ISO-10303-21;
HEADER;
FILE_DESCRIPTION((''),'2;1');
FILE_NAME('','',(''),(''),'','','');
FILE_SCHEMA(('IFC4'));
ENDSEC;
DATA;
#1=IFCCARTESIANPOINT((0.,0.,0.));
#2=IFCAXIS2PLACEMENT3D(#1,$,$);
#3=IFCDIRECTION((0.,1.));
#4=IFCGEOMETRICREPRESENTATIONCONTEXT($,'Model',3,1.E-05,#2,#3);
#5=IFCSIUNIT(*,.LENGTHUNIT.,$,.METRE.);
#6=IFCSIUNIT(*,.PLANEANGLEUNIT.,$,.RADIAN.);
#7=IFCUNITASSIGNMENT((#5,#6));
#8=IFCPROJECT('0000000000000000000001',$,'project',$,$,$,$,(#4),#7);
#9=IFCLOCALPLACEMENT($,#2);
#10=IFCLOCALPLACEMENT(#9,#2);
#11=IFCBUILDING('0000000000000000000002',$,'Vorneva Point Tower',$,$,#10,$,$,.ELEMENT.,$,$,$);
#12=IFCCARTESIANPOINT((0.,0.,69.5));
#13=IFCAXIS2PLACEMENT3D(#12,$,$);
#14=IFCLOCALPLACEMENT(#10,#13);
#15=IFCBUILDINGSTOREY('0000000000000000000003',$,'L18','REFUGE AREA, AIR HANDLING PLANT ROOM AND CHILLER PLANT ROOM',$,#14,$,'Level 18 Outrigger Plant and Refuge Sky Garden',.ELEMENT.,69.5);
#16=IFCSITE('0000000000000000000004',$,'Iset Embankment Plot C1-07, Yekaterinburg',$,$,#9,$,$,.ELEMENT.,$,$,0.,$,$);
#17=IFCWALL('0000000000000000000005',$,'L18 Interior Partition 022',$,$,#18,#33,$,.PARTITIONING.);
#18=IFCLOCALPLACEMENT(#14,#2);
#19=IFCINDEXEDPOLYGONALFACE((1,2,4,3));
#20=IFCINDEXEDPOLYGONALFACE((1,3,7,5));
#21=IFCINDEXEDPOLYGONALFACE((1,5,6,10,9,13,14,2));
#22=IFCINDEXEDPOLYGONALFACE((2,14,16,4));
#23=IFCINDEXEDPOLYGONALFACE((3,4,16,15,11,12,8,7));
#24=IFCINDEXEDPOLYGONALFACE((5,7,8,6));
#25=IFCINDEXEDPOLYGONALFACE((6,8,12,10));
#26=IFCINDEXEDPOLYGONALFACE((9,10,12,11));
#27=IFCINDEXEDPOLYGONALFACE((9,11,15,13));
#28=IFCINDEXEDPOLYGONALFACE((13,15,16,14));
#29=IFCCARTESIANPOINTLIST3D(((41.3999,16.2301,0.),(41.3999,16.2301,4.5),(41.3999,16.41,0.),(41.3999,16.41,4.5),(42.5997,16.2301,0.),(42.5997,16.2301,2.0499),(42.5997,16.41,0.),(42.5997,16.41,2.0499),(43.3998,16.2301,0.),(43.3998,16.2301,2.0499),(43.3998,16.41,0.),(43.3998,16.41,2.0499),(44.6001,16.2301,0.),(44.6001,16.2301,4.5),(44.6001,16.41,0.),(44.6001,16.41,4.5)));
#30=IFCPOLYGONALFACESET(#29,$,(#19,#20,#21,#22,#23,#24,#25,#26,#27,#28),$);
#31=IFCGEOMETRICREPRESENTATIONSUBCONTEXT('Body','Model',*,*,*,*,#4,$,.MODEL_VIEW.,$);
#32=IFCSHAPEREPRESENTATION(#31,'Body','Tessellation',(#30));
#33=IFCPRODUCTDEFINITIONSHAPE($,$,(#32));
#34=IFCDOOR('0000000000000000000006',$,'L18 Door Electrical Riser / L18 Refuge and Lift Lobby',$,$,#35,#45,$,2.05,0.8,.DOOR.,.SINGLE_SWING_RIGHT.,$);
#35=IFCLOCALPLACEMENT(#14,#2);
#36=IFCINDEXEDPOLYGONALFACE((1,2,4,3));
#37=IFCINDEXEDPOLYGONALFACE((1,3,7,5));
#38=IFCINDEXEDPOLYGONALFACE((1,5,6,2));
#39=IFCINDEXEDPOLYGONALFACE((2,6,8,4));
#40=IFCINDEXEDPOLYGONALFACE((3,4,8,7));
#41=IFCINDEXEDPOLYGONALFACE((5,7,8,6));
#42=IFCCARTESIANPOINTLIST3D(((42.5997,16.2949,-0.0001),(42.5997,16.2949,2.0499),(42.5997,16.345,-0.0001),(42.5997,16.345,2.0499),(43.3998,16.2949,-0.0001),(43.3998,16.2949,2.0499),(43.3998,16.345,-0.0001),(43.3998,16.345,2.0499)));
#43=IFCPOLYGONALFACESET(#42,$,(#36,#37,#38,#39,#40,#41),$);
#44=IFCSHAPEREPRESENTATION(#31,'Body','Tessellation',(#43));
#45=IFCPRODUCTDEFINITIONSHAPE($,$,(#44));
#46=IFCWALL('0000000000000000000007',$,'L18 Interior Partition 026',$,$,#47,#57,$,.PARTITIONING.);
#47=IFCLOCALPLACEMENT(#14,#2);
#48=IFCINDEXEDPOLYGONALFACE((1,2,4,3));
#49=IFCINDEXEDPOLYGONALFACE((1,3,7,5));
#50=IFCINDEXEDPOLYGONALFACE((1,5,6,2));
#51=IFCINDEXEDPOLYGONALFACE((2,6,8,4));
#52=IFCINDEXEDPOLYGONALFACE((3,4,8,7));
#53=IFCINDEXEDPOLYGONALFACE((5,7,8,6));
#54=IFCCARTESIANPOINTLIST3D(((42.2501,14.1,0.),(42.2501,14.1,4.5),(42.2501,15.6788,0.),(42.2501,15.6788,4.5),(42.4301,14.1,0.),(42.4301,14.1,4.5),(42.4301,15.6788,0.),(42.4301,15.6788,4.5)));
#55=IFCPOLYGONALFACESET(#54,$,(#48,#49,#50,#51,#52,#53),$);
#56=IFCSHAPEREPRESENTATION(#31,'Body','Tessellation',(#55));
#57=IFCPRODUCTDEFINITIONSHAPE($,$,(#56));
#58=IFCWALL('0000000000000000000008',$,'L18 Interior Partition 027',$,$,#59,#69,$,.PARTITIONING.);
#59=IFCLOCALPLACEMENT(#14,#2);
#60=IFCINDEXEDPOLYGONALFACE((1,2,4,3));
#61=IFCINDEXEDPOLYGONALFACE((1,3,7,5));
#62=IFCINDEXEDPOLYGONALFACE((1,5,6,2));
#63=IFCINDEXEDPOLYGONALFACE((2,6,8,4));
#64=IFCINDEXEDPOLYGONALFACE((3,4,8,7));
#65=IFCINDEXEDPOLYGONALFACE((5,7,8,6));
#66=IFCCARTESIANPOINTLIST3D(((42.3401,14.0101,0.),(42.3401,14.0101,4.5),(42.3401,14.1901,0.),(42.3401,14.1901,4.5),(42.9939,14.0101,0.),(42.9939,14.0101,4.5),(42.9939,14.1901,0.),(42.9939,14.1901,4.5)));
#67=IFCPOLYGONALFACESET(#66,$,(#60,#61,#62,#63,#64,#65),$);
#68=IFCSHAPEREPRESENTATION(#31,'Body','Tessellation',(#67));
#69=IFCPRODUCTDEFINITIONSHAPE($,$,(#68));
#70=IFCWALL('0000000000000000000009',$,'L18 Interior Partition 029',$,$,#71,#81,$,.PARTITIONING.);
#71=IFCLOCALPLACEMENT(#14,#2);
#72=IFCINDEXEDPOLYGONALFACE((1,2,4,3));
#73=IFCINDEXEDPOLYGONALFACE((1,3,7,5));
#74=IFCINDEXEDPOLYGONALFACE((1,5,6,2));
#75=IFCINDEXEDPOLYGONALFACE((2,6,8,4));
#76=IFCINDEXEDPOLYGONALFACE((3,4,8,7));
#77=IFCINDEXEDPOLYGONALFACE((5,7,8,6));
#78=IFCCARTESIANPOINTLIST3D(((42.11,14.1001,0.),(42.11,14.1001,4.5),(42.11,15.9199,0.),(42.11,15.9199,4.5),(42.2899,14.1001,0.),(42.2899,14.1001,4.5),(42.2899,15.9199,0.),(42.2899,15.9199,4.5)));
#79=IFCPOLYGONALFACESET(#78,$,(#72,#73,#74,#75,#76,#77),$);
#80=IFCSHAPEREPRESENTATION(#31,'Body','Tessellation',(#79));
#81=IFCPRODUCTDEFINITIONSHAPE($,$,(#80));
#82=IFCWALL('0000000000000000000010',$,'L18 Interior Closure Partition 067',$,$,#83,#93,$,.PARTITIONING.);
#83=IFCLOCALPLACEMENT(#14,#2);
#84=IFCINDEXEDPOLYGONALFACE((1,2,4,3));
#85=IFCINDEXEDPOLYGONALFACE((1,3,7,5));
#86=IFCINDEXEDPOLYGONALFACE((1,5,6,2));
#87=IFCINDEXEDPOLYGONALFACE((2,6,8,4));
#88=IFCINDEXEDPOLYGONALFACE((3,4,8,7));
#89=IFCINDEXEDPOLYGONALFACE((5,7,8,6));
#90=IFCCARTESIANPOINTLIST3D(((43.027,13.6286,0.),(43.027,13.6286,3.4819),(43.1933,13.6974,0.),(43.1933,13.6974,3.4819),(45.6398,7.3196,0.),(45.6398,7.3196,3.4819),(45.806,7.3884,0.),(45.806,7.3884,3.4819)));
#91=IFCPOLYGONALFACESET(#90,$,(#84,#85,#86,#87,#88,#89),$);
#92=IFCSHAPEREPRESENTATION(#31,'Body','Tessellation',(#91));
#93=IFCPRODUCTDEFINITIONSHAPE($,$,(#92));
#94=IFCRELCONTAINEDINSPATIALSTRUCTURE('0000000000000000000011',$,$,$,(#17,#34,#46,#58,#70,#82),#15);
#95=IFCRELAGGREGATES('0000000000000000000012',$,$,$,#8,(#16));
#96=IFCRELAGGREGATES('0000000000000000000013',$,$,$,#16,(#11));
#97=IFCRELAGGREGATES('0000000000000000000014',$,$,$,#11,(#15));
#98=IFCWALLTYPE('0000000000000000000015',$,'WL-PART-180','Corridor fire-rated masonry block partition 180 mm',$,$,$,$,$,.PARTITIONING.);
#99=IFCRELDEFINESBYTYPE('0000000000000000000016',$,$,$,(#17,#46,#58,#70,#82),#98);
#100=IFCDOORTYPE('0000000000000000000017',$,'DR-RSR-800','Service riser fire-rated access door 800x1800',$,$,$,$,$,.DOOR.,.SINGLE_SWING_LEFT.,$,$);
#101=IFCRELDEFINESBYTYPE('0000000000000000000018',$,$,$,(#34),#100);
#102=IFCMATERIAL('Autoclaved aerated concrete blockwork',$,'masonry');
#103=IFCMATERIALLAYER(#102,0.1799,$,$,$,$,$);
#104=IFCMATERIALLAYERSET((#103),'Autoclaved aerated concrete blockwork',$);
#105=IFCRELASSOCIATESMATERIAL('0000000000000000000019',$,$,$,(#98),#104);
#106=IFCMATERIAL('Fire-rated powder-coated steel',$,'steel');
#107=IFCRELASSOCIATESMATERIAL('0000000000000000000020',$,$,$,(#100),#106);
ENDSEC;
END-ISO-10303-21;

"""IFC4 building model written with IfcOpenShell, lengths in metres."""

from ifc_helpers import new_model, si_unit, direction, frame, frame_2d, origin, place, context, subcontext, project, spatial, rectangle, extrude, material, layer, layer_set, type_object, element, fill, save


model = new_model("IFC4")

# Units and contexts
model_context = context("Model", 3, precision=1e-05, world=origin(), true_north=direction((0.0, 1.0)))
body_context = subcontext(model_context, "Body", "Model", "MODEL_VIEW")
ifc_project = project(units=[si_unit("LENGTHUNIT", "METRE"), si_unit("PLANEANGLEUNIT", "RADIAN")], contexts=[model_context])

# Site, building, storey
site_placement = place(None, origin())
site = spatial("IfcSite", under=ifc_project, at=site_placement, Name="Iset Embankment Plot C1-07, Yekaterinburg", CompositionType="ELEMENT", RefElevation=0.0)
building_placement = place(site_placement, origin())
building = spatial("IfcBuilding", under=site, at=building_placement, Name="Vorneva Point Tower", CompositionType="ELEMENT")
storey_placement = place(building_placement, frame((0.0, 0.0, 69.5)))
storey = spatial("IfcBuildingStorey", under=building, at=storey_placement, Name="L18", Description="REFUGE AREA, AIR HANDLING PLANT ROOM AND CHILLER PLANT ROOM", LongName="Level 18 Outrigger Plant and Refuge Sky Garden", CompositionType="ELEMENT", Elevation=69.5)

# Wall, opening, door
ifc_material_1 = material(Name="Autoclaved aerated concrete blockwork", Category="masonry")
ifc_layer_1 = layer(ifc_material_1, 0.1799)
ifc_layer_set_1 = layer_set([ifc_layer_1], Name="Autoclaved aerated concrete blockwork")
wall_type_1 = type_object("IfcWallType", Name="WL-PART-180", Description="Corridor fire-rated masonry block partition 180 mm", PredefinedType="PARTITIONING", material=ifc_layer_set_1)
ifc_material_2 = material(Name="Fire-rated powder-coated steel", Category="steel")
door_type_1 = type_object("IfcDoorType", Name="DR-RSR-800", Description="Service riser fire-rated access door 800x1800", OperationType="SINGLE_SWING_LEFT", PredefinedType="DOOR", material=ifc_material_2)
wall_1_placement = place(storey_placement, frame((41.3999, 16.3201, 0.0), z_axis=(0.0, 0.0, 1.0), x_axis=(1.0, 0.0, 0.0)))
wall_1 = element("IfcWall", 1, at=wall_1_placement, inside=storey, type_object=wall_type_1, Name="L18 Interior Partition 022", PredefinedType="PARTITIONING", context=body_context, shape_type="SweptSolid", body=[
    extrude(rectangle(XDim=3.2002, YDim=0.1799, at=frame_2d((1.6001, 0.0))), origin(), (0.0, 0.0, 1.0), 4.5),
])
opening_1_placement = place(wall_1_placement, frame((1.2, 0.0, 0.0)))
opening_1 = element("IfcOpeningElement", 2, at=opening_1_placement, cuts=wall_1, PredefinedType="OPENING", context=body_context, shape_type="SweptSolid", body=[
    extrude(rectangle(XDim=0.8, YDim=2.05, at=frame_2d((0.3999, 1.0249))), frame((0.0, 0.105, 0.0), z_axis=(0.0, -1.0, 0.0), x_axis=(1.0, 0.0, 0.0)), (0.0, 0.0, 1.0), 0.2097),
])
door_1_placement = place(opening_1_placement, origin())
door_1 = element("IfcDoor", 3, at=door_1_placement, inside=storey, type_object=door_type_1, Name="L18 Door Electrical Riser / L18 Refuge and Lift Lobby", OperationType="SINGLE_SWING_RIGHT", OverallHeight=2.05, OverallWidth=0.8, PredefinedType="DOOR", context=body_context, shape_type="SweptSolid", body=[
    extrude(rectangle(XDim=0.8, YDim=2.05, at=frame_2d((0.3999, 1.0249))), frame((0.0, 0.0249, 0.0), z_axis=(0.0, -1.0, 0.0), x_axis=(1.0, 0.0, 0.0)), (0.0, 0.0, 1.0), 0.05),
])
fill(opening_1, door_1)

# Walls
wall_2_placement = place(storey_placement, frame((42.3401, 15.679, 0.0), z_axis=(0.0, 0.0, 1.0), x_axis=(0.0, -1.0, 0.0)))
element("IfcWall", 4, at=wall_2_placement, inside=storey, type_object=wall_type_1, Name="L18 Interior Partition 026", PredefinedType="PARTITIONING", context=body_context, shape_type="SweptSolid", body=[
    extrude(rectangle(XDim=1.5789, YDim=0.1799, at=frame_2d((0.7896, 0.0))), origin(), (0.0, 0.0, 1.0), 4.5),
])
wall_3_placement = place(storey_placement, frame((42.3401, 14.1001, 0.0), z_axis=(0.0, 0.0, 1.0), x_axis=(1.0, 0.0, 0.0)))
element("IfcWall", 5, at=wall_3_placement, inside=storey, type_object=wall_type_1, Name="L18 Interior Partition 027", PredefinedType="PARTITIONING", context=body_context, shape_type="SweptSolid", body=[
    extrude(rectangle(XDim=0.6538, YDim=0.1799, at=frame_2d((0.3269, 0.0))), origin(), (0.0, 0.0, 1.0), 4.5),
])
wall_4_placement = place(storey_placement, frame((42.2, 14.1001, 0.0), z_axis=(0.0, 0.0, 1.0), x_axis=(0.0, 1.0, 0.0)))
element("IfcWall", 6, at=wall_4_placement, inside=storey, type_object=wall_type_1, Name="L18 Interior Partition 029", PredefinedType="PARTITIONING", context=body_context, shape_type="SweptSolid", body=[
    extrude(rectangle(XDim=1.8198, YDim=0.1799, at=frame_2d((0.9099, 0.0))), origin(), (0.0, 0.0, 1.0), 4.5),
])
wall_5_placement = place(storey_placement, frame((45.7229, 7.354, 0.0), z_axis=(0.0, 0.0, 1.0), x_axis=(-0.382619, 0.923906, 0.0)))
element("IfcWall", 7, at=wall_5_placement, inside=storey, type_object=wall_type_1, Name="L18 Interior Closure Partition 067", PredefinedType="PARTITIONING", context=body_context, shape_type="SweptSolid", body=[
    extrude(rectangle(XDim=6.8286, YDim=0.1799, at=frame_2d((3.4143, 0.0))), origin(), (0.0, 0.0, 1.0), 3.4819),
])

save(model, "model.ifc")
